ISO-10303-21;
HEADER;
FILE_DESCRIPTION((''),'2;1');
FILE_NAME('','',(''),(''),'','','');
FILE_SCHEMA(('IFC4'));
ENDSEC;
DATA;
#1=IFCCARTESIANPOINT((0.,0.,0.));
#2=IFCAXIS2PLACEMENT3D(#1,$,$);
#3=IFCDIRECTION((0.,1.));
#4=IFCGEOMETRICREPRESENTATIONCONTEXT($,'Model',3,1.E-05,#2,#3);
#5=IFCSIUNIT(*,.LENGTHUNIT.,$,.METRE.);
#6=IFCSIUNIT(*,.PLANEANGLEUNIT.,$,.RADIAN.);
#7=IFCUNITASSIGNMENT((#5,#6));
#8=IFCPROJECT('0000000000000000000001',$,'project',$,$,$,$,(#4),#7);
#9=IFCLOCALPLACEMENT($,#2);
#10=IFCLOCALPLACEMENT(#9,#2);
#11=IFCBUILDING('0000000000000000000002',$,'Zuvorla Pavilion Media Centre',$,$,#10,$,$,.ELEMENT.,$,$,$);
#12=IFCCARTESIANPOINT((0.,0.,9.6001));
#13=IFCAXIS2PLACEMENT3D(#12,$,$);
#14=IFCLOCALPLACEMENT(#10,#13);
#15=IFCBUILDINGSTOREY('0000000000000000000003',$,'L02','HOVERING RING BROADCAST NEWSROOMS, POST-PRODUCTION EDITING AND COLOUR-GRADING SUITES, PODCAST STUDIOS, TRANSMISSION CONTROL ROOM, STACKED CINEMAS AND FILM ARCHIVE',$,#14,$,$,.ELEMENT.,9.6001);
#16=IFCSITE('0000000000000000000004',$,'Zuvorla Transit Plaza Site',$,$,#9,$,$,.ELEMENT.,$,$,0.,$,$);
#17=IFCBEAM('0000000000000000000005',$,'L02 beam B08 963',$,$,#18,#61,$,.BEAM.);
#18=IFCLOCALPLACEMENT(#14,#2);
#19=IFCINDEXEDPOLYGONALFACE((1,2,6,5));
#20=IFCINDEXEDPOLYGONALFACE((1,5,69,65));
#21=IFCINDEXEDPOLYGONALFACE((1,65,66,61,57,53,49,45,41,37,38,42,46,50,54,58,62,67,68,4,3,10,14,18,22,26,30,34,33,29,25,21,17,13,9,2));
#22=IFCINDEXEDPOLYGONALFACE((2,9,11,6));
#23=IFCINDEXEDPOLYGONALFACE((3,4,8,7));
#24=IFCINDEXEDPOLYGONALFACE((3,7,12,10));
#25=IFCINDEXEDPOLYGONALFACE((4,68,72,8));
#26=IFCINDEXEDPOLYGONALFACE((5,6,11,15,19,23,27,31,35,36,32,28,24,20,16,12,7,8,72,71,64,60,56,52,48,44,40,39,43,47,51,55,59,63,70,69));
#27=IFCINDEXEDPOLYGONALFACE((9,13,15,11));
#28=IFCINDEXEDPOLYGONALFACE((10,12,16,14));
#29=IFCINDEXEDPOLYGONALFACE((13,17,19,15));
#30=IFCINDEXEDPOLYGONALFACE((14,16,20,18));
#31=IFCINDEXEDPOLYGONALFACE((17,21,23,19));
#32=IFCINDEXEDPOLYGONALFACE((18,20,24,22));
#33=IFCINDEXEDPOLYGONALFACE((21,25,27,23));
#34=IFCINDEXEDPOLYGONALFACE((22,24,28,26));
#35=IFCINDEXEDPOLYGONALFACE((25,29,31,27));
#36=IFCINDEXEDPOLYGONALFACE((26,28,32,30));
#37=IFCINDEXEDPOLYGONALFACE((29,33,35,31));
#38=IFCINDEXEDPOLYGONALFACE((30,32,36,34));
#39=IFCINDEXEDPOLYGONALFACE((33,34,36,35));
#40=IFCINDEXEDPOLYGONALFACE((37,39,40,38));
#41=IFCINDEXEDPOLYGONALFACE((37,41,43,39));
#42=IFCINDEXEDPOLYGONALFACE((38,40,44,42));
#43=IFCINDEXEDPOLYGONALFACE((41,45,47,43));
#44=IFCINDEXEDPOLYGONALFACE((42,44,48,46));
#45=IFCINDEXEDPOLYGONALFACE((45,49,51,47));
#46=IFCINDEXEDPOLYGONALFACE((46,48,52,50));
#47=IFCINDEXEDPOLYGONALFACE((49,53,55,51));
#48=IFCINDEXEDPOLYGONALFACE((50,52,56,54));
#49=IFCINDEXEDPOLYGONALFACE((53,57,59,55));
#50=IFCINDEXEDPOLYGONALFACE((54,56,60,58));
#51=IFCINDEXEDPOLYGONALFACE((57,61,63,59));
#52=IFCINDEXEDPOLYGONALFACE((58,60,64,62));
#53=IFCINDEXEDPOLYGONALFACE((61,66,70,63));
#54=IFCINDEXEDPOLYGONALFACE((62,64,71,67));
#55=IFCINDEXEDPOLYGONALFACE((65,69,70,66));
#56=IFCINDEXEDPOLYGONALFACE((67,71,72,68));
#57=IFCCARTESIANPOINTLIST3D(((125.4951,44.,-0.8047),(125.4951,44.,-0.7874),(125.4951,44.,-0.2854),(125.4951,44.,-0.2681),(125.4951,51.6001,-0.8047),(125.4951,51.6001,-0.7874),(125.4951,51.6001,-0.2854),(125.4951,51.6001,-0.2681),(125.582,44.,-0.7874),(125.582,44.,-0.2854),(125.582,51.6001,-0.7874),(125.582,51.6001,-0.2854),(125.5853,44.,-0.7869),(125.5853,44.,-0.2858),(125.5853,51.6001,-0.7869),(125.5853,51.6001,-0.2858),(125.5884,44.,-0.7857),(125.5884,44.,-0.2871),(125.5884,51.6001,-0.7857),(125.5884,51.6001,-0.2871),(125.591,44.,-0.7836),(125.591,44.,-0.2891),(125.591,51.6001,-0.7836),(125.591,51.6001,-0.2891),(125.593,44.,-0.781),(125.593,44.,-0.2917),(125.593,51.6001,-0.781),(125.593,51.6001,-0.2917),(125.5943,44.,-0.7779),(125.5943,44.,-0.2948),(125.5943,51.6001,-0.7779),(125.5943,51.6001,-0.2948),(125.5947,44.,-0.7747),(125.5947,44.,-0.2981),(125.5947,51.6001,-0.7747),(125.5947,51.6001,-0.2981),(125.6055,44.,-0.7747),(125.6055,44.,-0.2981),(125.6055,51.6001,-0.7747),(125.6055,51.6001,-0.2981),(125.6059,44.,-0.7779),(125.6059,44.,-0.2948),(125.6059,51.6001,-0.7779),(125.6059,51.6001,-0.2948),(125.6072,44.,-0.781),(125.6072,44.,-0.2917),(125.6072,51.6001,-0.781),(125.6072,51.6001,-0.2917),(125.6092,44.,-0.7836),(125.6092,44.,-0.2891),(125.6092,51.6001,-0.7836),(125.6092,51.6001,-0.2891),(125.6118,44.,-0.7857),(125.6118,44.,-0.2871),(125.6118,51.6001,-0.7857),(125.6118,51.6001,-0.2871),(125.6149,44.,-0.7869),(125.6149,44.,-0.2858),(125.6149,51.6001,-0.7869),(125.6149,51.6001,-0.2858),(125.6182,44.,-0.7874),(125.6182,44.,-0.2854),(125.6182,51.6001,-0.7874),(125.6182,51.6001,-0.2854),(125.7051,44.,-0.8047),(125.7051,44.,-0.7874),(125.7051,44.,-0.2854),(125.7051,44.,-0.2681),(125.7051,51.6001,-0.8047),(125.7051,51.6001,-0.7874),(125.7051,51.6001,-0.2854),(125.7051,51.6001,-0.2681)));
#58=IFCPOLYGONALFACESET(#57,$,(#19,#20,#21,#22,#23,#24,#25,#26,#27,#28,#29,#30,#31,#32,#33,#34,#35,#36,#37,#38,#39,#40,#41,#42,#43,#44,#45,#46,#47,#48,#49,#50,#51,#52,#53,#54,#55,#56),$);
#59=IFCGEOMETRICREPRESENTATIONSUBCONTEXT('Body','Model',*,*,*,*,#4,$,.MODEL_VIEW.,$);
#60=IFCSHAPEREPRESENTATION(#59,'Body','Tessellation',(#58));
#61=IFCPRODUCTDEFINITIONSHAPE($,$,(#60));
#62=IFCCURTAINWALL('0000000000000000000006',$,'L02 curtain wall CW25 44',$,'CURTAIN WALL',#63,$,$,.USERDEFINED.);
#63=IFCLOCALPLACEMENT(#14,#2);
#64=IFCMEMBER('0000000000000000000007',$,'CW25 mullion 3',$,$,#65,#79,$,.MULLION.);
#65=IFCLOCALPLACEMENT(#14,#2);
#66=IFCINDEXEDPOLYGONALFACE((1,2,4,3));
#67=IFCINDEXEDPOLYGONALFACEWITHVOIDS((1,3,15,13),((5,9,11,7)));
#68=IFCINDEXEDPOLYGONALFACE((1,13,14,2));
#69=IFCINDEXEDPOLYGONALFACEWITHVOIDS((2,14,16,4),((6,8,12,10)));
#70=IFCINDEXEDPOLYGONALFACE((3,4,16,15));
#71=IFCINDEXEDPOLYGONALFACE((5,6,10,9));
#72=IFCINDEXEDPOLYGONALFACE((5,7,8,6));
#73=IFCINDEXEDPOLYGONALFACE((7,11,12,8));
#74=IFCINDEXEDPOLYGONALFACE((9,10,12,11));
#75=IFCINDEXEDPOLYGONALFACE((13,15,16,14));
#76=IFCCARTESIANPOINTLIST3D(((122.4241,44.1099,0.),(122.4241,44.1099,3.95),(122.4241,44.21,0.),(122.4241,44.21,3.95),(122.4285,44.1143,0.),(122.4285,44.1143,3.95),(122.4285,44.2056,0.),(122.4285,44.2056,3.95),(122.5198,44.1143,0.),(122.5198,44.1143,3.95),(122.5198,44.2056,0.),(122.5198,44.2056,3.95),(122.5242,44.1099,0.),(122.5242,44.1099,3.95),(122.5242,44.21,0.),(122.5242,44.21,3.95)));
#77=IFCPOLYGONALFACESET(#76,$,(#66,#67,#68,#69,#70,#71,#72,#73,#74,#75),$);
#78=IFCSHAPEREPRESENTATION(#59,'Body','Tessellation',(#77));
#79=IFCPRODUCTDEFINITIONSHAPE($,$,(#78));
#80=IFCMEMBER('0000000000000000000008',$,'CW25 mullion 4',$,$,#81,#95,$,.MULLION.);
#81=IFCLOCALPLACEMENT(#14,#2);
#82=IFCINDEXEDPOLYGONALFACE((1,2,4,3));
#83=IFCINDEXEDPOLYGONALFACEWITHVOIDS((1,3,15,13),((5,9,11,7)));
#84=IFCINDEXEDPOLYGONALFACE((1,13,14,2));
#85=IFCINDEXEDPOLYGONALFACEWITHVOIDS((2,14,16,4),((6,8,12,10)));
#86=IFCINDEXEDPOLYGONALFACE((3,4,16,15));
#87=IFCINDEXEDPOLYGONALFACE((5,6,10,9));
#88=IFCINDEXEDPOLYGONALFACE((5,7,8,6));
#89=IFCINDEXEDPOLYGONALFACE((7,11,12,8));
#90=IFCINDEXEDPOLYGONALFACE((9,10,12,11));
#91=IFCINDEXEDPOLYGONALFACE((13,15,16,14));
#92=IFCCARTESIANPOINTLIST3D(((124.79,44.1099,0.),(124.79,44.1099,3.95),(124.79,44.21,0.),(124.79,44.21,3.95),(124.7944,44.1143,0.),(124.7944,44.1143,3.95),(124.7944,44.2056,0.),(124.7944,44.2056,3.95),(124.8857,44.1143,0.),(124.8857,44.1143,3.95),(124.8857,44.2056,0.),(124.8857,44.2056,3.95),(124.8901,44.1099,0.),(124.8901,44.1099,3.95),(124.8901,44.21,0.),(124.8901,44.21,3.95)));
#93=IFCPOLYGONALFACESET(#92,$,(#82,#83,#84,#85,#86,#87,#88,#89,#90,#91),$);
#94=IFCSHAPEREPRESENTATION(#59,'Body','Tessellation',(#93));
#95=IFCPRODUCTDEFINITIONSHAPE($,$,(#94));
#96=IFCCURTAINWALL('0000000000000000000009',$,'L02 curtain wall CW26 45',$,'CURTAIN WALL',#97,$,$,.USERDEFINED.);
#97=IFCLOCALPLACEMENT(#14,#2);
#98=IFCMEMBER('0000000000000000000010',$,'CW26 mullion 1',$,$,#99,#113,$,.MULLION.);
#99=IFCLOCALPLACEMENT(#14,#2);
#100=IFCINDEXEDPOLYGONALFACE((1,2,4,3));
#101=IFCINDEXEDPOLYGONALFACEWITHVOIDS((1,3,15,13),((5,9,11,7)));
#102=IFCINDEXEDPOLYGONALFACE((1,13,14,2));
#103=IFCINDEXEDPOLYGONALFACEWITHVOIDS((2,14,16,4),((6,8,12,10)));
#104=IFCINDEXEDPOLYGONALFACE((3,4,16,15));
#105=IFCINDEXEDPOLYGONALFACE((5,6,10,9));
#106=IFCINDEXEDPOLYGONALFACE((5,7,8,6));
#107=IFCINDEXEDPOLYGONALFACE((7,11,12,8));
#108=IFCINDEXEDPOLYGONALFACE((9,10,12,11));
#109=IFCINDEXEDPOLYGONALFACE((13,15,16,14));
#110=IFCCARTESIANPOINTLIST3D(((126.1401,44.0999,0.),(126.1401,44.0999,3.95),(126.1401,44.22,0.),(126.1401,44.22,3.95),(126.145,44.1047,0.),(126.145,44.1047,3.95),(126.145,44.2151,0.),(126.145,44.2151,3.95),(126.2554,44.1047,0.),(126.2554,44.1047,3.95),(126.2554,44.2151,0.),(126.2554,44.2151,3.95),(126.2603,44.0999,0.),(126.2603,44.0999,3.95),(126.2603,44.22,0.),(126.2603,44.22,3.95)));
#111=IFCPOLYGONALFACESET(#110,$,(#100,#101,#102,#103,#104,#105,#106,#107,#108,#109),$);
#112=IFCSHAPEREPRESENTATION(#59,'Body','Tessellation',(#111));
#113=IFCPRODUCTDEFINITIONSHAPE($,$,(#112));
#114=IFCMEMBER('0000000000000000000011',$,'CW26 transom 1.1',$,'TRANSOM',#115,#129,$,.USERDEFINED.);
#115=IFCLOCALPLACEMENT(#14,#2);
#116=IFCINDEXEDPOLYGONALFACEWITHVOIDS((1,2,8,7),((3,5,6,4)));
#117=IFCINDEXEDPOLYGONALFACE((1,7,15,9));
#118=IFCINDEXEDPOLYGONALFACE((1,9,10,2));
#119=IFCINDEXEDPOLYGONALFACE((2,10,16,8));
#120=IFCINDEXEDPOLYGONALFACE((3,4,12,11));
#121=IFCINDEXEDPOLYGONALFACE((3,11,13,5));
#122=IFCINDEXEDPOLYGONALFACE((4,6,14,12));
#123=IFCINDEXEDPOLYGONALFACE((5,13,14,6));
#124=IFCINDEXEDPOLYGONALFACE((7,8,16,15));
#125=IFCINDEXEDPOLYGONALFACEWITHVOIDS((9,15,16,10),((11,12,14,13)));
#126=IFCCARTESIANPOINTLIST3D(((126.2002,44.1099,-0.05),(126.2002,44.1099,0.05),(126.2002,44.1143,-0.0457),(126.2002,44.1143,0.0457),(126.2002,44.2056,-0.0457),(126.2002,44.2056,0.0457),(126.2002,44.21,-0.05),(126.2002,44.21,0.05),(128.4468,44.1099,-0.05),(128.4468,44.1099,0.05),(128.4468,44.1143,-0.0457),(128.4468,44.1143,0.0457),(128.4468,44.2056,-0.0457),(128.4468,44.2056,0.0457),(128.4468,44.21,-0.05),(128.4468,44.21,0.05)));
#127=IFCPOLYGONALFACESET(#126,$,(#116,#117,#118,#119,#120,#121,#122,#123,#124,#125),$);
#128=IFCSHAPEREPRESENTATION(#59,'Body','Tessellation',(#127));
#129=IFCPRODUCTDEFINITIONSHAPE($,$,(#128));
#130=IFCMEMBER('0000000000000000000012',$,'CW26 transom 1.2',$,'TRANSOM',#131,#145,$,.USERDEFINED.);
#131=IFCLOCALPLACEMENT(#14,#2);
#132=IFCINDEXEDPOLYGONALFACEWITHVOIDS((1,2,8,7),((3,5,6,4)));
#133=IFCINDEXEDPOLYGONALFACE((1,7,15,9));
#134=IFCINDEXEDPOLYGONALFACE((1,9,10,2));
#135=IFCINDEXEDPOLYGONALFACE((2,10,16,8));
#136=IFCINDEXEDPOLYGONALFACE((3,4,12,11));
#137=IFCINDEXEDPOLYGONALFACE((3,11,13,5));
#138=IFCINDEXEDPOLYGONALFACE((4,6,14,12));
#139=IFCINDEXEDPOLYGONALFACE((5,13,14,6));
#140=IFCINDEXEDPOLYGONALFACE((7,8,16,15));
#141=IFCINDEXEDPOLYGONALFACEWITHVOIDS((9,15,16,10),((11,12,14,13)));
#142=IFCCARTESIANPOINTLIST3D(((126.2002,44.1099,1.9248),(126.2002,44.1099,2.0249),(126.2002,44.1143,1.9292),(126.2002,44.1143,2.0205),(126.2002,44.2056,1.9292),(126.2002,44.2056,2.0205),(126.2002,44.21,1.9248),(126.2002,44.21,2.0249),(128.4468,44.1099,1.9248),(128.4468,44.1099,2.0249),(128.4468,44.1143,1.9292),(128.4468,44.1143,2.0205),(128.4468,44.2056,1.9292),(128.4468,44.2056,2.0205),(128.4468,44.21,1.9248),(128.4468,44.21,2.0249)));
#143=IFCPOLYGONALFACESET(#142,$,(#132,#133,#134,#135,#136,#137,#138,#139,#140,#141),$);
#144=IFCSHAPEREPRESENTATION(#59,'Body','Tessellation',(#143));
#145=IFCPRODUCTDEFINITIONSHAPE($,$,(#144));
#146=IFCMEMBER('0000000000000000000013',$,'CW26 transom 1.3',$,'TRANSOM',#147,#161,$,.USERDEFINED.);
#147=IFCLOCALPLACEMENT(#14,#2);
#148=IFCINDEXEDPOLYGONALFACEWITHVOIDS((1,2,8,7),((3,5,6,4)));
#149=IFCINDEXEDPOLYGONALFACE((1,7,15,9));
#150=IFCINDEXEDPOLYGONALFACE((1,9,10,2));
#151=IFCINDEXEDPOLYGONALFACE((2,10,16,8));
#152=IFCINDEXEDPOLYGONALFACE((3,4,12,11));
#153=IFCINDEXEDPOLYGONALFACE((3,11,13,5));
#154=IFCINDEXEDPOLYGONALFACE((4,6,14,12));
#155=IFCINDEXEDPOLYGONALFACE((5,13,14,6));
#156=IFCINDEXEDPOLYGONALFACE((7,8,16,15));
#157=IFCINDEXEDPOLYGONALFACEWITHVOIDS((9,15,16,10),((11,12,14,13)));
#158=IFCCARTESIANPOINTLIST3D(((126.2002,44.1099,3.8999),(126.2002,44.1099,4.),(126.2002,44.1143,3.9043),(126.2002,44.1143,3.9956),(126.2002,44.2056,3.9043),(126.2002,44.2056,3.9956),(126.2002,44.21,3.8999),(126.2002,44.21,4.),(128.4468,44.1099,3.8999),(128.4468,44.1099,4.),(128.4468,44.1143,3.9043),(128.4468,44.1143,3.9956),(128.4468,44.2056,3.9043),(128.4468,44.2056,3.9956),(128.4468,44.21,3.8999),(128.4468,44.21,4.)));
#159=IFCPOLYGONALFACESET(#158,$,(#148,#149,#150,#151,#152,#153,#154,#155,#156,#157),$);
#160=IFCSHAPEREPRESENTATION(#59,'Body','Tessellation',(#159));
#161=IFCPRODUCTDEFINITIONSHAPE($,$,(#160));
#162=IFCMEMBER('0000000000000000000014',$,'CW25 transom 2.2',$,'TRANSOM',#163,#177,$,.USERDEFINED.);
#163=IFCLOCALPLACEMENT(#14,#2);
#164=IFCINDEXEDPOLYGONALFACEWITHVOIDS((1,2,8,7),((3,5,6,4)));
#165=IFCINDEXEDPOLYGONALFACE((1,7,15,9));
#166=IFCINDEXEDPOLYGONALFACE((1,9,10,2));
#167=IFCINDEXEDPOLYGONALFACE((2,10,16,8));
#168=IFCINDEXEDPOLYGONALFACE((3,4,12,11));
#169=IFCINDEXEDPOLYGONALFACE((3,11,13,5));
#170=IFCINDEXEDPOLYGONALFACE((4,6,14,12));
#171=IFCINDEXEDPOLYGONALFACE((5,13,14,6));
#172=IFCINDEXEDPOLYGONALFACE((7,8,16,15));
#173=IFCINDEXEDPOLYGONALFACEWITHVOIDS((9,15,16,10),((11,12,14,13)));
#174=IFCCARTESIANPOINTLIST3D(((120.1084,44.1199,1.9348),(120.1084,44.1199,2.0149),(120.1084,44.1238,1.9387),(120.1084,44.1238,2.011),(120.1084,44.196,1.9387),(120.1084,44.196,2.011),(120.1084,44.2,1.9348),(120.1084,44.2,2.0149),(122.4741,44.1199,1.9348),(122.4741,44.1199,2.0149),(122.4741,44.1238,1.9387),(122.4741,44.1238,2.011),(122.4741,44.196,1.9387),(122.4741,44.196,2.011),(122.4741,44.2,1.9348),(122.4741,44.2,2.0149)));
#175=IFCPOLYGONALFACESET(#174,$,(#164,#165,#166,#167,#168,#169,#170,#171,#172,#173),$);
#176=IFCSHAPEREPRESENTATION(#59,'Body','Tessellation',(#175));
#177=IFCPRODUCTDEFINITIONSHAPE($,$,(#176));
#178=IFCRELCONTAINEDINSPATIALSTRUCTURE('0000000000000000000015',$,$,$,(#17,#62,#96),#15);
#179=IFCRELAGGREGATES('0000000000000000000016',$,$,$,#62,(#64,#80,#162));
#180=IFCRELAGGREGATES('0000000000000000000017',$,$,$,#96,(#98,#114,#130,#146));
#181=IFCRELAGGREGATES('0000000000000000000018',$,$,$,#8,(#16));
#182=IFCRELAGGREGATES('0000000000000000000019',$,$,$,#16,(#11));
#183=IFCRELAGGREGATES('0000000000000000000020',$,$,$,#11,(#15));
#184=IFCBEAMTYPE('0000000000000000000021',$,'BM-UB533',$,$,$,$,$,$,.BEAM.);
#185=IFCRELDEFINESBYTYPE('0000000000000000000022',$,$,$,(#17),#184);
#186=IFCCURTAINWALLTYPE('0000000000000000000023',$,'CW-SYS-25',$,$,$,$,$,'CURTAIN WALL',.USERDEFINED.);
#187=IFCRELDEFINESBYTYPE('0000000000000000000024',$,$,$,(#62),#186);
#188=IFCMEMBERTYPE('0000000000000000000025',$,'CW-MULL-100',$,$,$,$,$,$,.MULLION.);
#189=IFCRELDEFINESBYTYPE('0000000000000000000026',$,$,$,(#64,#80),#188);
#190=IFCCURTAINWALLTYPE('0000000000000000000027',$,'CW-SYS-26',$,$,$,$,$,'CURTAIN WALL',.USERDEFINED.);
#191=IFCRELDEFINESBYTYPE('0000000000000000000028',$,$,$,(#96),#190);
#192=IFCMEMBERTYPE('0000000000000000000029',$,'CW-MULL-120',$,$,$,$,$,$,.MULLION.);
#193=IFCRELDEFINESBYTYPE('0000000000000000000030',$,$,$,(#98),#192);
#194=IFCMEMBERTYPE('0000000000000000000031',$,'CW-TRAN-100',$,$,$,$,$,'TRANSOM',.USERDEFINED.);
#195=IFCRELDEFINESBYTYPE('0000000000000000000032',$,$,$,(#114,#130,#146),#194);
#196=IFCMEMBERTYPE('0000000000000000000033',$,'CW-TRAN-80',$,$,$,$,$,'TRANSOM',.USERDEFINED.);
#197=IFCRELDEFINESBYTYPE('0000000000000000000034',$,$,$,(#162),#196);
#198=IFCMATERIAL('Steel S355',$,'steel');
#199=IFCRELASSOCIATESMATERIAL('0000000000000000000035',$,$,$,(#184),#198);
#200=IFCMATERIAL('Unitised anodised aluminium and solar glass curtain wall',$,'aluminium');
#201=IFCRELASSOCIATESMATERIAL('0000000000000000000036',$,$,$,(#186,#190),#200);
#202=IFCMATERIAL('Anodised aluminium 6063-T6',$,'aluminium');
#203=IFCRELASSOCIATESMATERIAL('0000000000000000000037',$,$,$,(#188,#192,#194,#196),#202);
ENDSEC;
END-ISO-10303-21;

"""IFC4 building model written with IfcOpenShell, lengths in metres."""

from ifc_helpers import new_model, si_unit, direction, frame, origin, origin_2d, place, context, subcontext, project, spatial, hollow_rectangle, i_section, extrude, material, material_profile, profile_set, type_object, element, aggregate, save


model = new_model("IFC4")

# Units and contexts
model_context = context("Model", 3, precision=1e-05, world=origin(), true_north=direction((0.0, 1.0)))
body_context = subcontext(model_context, "Body", "Model", "MODEL_VIEW")
ifc_project = project(units=[si_unit("LENGTHUNIT", "METRE"), si_unit("PLANEANGLEUNIT", "RADIAN")], contexts=[model_context])

# Site, building, storey
site_placement = place(None, origin())
site = spatial("IfcSite", under=ifc_project, at=site_placement, Name="Zuvorla Transit Plaza Site", CompositionType="ELEMENT", RefElevation=0.0)
building_placement = place(site_placement, origin())
building = spatial("IfcBuilding", under=site, at=building_placement, Name="Zuvorla Pavilion Media Centre", CompositionType="ELEMENT")
storey_placement = place(building_placement, frame((0.0, 0.0, 9.6001)))
storey = spatial("IfcBuildingStorey", under=building, at=storey_placement, Name="L02", Description="HOVERING RING BROADCAST NEWSROOMS, POST-PRODUCTION EDITING AND COLOUR-GRADING SUITES, PODCAST STUDIOS, TRANSMISSION CONTROL ROOM, STACKED CINEMAS AND FILM ARCHIVE", CompositionType="ELEMENT", Elevation=9.6001)

# Shared definitions
ifc_material_1 = material(Name="Steel S355", Category="steel")

# Beam
ifc_material_profile_1 = material_profile(ifc_material_1, i_section(OverallWidth=0.21, OverallDepth=0.5366, WebThickness=0.0107, FlangeThickness=0.0173, FilletRadius=0.0127, at=origin_2d()), Name="UB 533x210x101")
ifc_profile_set_1 = profile_set([ifc_material_profile_1], Name="Steel S355")
beam_type_1 = type_object("IfcBeamType", Name="BM-UB533", PredefinedType="BEAM", material=ifc_profile_set_1)
beam_1_placement = place(storey_placement, frame((125.6001, 44.0, -0.5364), z_axis=(0.0, 1.0, 0.0), x_axis=(-1.0, 0.0, 0.0)))
element("IfcBeam", 1, at=beam_1_placement, inside=storey, type_object=beam_type_1, Name="L02 beam B08 963", PredefinedType="BEAM", context=body_context, shape_type="SweptSolid", body=[
    extrude(i_section(OverallWidth=0.21, OverallDepth=0.5366, WebThickness=0.0107, FlangeThickness=0.0173, FilletRadius=0.0127, at=origin_2d()), origin(), (0.0, 0.0, 1.0), 7.6001),
])

# Curtain walls, members
ifc_material_2 = material(Name="Unitised anodised aluminium and solar glass curtain wall", Category="aluminium")
curtain_wall_type_1 = type_object("IfcCurtainWallType", Name="CW-SYS-25", ElementType="CURTAIN WALL", PredefinedType="USERDEFINED", material=ifc_material_2)
curtain_wall_1_placement = place(storey_placement, origin())
curtain_wall_1 = element("IfcCurtainWall", 2, at=curtain_wall_1_placement, inside=storey, type_object=curtain_wall_type_1, Name="L02 curtain wall CW25 44", ObjectType="CURTAIN WALL", PredefinedType="USERDEFINED")
ifc_material_3 = material(Name="Anodised aluminium 6063-T6", Category="aluminium")
ifc_material_profile_2 = material_profile(ifc_material_3, hollow_rectangle(XDim=0.1001, YDim=0.1001, WallThickness=0.0044, at=origin_2d()), Name="ALU MULL 100x100")
ifc_profile_set_2 = profile_set([ifc_material_profile_2], Name="Anodised aluminium 6063-T6")
member_type_1 = type_object("IfcMemberType", Name="CW-MULL-100", PredefinedType="MULLION", material=ifc_profile_set_2)
member_1_placement = place(storey_placement, frame((122.4741, 44.1599, 0.0), z_axis=(0.0, 0.0, 1.0), x_axis=(1.0, 0.0, 0.0)))
member_1 = element("IfcMember", 3, at=member_1_placement, type_object=member_type_1, Name="CW25 mullion 3", PredefinedType="MULLION", context=body_context, shape_type="SweptSolid", body=[
    extrude(hollow_rectangle(XDim=0.1001, YDim=0.1001, WallThickness=0.0044, at=origin_2d()), origin(), (0.0, 0.0, 1.0), 3.95),
])
member_2_placement = place(storey_placement, frame((124.8401, 44.1599, 0.0), z_axis=(0.0, 0.0, 1.0), x_axis=(1.0, 0.0, 0.0)))
member_2 = element("IfcMember", 4, at=member_2_placement, type_object=member_type_1, Name="CW25 mullion 4", PredefinedType="MULLION", context=body_context, shape_type="SweptSolid", body=[
    extrude(hollow_rectangle(XDim=0.1001, YDim=0.1001, WallThickness=0.0044, at=origin_2d()), origin(), (0.0, 0.0, 1.0), 3.95),
])
curtain_wall_type_2 = type_object("IfcCurtainWallType", Name="CW-SYS-26", ElementType="CURTAIN WALL", PredefinedType="USERDEFINED", material=ifc_material_2)
curtain_wall_2_placement = place(storey_placement, origin())
curtain_wall_2 = element("IfcCurtainWall", 5, at=curtain_wall_2_placement, inside=storey, type_object=curtain_wall_type_2, Name="L02 curtain wall CW26 45", ObjectType="CURTAIN WALL", PredefinedType="USERDEFINED")
ifc_material_profile_3 = material_profile(ifc_material_3, hollow_rectangle(XDim=0.1201, YDim=0.1201, WallThickness=0.0049, at=origin_2d()), Name="ALU MULL 120x120")
ifc_profile_set_3 = profile_set([ifc_material_profile_3], Name="Anodised aluminium 6063-T6")
member_type_2 = type_object("IfcMemberType", Name="CW-MULL-120", PredefinedType="MULLION", material=ifc_profile_set_3)
member_3_placement = place(storey_placement, frame((126.2002, 44.1599, 0.0), z_axis=(0.0, 0.0, 1.0), x_axis=(1.0, 0.0, 0.0)))
member_3 = element("IfcMember", 6, at=member_3_placement, type_object=member_type_2, Name="CW26 mullion 1", PredefinedType="MULLION", context=body_context, shape_type="SweptSolid", body=[
    extrude(hollow_rectangle(XDim=0.1201, YDim=0.1201, WallThickness=0.0049, at=origin_2d()), origin(), (0.0, 0.0, 1.0), 3.95),
])
ifc_material_profile_4 = material_profile(ifc_material_3, hollow_rectangle(XDim=0.1001, YDim=0.1001, WallThickness=0.0044, at=origin_2d()), Name="ALU TRAN 100x100")
ifc_profile_set_4 = profile_set([ifc_material_profile_4], Name="Anodised aluminium 6063-T6")
member_type_3 = type_object("IfcMemberType", Name="CW-TRAN-100", ElementType="TRANSOM", PredefinedType="USERDEFINED", material=ifc_profile_set_4)
member_4_placement = place(storey_placement, frame((126.2002, 44.1599, 0.0), z_axis=(1.0, 0.0, 0.0), x_axis=(0.0, 1.0, 0.0)))
member_4 = element("IfcMember", 7, at=member_4_placement, type_object=member_type_3, Name="CW26 transom 1.1", ObjectType="TRANSOM", PredefinedType="USERDEFINED", context=body_context, shape_type="SweptSolid", body=[
    extrude(hollow_rectangle(XDim=0.1001, YDim=0.1001, WallThickness=0.0044, at=origin_2d()), origin(), (0.0, 0.0, 1.0), 2.2466),
])
member_5_placement = place(storey_placement, frame((126.2002, 44.1599, 1.9749), z_axis=(1.0, 0.0, 0.0), x_axis=(0.0, 1.0, 0.0)))
member_5 = element("IfcMember", 8, at=member_5_placement, type_object=member_type_3, Name="CW26 transom 1.2", ObjectType="TRANSOM", PredefinedType="USERDEFINED", context=body_context, shape_type="SweptSolid", body=[
    extrude(hollow_rectangle(XDim=0.1001, YDim=0.1001, WallThickness=0.0044, at=origin_2d()), origin(), (0.0, 0.0, 1.0), 2.2466),
])
member_6_placement = place(storey_placement, frame((126.2002, 44.1599, 3.95), z_axis=(1.0, 0.0, 0.0), x_axis=(0.0, 1.0, 0.0)))
member_6 = element("IfcMember", 9, at=member_6_placement, type_object=member_type_3, Name="CW26 transom 1.3", ObjectType="TRANSOM", PredefinedType="USERDEFINED", context=body_context, shape_type="SweptSolid", body=[
    extrude(hollow_rectangle(XDim=0.1001, YDim=0.1001, WallThickness=0.0044, at=origin_2d()), origin(), (0.0, 0.0, 1.0), 2.2466),
])

# Member
ifc_material_profile_5 = material_profile(ifc_material_3, hollow_rectangle(XDim=0.0801, YDim=0.0801, WallThickness=0.0039, at=origin_2d()), Name="ALU TRAN 80x80")
ifc_profile_set_5 = profile_set([ifc_material_profile_5], Name="Anodised aluminium 6063-T6")
member_type_4 = type_object("IfcMemberType", Name="CW-TRAN-80", ElementType="TRANSOM", PredefinedType="USERDEFINED", material=ifc_profile_set_5)
member_7_placement = place(storey_placement, frame((120.1084, 44.1599, 1.9749), z_axis=(1.0, 0.0, 0.0), x_axis=(0.0, 1.0, 0.0)))
member_7 = element("IfcMember", 10, at=member_7_placement, type_object=member_type_4, Name="CW25 transom 2.2", ObjectType="TRANSOM", PredefinedType="USERDEFINED", context=body_context, shape_type="SweptSolid", body=[
    extrude(hollow_rectangle(XDim=0.0801, YDim=0.0801, WallThickness=0.0039, at=origin_2d()), origin(), (0.0, 0.0, 1.0), 2.3657),
])

aggregate(curtain_wall_1, [member_1, member_2, member_7])
aggregate(curtain_wall_2, [member_3, member_4, member_5, member_6])

save(model, "model.ifc")
